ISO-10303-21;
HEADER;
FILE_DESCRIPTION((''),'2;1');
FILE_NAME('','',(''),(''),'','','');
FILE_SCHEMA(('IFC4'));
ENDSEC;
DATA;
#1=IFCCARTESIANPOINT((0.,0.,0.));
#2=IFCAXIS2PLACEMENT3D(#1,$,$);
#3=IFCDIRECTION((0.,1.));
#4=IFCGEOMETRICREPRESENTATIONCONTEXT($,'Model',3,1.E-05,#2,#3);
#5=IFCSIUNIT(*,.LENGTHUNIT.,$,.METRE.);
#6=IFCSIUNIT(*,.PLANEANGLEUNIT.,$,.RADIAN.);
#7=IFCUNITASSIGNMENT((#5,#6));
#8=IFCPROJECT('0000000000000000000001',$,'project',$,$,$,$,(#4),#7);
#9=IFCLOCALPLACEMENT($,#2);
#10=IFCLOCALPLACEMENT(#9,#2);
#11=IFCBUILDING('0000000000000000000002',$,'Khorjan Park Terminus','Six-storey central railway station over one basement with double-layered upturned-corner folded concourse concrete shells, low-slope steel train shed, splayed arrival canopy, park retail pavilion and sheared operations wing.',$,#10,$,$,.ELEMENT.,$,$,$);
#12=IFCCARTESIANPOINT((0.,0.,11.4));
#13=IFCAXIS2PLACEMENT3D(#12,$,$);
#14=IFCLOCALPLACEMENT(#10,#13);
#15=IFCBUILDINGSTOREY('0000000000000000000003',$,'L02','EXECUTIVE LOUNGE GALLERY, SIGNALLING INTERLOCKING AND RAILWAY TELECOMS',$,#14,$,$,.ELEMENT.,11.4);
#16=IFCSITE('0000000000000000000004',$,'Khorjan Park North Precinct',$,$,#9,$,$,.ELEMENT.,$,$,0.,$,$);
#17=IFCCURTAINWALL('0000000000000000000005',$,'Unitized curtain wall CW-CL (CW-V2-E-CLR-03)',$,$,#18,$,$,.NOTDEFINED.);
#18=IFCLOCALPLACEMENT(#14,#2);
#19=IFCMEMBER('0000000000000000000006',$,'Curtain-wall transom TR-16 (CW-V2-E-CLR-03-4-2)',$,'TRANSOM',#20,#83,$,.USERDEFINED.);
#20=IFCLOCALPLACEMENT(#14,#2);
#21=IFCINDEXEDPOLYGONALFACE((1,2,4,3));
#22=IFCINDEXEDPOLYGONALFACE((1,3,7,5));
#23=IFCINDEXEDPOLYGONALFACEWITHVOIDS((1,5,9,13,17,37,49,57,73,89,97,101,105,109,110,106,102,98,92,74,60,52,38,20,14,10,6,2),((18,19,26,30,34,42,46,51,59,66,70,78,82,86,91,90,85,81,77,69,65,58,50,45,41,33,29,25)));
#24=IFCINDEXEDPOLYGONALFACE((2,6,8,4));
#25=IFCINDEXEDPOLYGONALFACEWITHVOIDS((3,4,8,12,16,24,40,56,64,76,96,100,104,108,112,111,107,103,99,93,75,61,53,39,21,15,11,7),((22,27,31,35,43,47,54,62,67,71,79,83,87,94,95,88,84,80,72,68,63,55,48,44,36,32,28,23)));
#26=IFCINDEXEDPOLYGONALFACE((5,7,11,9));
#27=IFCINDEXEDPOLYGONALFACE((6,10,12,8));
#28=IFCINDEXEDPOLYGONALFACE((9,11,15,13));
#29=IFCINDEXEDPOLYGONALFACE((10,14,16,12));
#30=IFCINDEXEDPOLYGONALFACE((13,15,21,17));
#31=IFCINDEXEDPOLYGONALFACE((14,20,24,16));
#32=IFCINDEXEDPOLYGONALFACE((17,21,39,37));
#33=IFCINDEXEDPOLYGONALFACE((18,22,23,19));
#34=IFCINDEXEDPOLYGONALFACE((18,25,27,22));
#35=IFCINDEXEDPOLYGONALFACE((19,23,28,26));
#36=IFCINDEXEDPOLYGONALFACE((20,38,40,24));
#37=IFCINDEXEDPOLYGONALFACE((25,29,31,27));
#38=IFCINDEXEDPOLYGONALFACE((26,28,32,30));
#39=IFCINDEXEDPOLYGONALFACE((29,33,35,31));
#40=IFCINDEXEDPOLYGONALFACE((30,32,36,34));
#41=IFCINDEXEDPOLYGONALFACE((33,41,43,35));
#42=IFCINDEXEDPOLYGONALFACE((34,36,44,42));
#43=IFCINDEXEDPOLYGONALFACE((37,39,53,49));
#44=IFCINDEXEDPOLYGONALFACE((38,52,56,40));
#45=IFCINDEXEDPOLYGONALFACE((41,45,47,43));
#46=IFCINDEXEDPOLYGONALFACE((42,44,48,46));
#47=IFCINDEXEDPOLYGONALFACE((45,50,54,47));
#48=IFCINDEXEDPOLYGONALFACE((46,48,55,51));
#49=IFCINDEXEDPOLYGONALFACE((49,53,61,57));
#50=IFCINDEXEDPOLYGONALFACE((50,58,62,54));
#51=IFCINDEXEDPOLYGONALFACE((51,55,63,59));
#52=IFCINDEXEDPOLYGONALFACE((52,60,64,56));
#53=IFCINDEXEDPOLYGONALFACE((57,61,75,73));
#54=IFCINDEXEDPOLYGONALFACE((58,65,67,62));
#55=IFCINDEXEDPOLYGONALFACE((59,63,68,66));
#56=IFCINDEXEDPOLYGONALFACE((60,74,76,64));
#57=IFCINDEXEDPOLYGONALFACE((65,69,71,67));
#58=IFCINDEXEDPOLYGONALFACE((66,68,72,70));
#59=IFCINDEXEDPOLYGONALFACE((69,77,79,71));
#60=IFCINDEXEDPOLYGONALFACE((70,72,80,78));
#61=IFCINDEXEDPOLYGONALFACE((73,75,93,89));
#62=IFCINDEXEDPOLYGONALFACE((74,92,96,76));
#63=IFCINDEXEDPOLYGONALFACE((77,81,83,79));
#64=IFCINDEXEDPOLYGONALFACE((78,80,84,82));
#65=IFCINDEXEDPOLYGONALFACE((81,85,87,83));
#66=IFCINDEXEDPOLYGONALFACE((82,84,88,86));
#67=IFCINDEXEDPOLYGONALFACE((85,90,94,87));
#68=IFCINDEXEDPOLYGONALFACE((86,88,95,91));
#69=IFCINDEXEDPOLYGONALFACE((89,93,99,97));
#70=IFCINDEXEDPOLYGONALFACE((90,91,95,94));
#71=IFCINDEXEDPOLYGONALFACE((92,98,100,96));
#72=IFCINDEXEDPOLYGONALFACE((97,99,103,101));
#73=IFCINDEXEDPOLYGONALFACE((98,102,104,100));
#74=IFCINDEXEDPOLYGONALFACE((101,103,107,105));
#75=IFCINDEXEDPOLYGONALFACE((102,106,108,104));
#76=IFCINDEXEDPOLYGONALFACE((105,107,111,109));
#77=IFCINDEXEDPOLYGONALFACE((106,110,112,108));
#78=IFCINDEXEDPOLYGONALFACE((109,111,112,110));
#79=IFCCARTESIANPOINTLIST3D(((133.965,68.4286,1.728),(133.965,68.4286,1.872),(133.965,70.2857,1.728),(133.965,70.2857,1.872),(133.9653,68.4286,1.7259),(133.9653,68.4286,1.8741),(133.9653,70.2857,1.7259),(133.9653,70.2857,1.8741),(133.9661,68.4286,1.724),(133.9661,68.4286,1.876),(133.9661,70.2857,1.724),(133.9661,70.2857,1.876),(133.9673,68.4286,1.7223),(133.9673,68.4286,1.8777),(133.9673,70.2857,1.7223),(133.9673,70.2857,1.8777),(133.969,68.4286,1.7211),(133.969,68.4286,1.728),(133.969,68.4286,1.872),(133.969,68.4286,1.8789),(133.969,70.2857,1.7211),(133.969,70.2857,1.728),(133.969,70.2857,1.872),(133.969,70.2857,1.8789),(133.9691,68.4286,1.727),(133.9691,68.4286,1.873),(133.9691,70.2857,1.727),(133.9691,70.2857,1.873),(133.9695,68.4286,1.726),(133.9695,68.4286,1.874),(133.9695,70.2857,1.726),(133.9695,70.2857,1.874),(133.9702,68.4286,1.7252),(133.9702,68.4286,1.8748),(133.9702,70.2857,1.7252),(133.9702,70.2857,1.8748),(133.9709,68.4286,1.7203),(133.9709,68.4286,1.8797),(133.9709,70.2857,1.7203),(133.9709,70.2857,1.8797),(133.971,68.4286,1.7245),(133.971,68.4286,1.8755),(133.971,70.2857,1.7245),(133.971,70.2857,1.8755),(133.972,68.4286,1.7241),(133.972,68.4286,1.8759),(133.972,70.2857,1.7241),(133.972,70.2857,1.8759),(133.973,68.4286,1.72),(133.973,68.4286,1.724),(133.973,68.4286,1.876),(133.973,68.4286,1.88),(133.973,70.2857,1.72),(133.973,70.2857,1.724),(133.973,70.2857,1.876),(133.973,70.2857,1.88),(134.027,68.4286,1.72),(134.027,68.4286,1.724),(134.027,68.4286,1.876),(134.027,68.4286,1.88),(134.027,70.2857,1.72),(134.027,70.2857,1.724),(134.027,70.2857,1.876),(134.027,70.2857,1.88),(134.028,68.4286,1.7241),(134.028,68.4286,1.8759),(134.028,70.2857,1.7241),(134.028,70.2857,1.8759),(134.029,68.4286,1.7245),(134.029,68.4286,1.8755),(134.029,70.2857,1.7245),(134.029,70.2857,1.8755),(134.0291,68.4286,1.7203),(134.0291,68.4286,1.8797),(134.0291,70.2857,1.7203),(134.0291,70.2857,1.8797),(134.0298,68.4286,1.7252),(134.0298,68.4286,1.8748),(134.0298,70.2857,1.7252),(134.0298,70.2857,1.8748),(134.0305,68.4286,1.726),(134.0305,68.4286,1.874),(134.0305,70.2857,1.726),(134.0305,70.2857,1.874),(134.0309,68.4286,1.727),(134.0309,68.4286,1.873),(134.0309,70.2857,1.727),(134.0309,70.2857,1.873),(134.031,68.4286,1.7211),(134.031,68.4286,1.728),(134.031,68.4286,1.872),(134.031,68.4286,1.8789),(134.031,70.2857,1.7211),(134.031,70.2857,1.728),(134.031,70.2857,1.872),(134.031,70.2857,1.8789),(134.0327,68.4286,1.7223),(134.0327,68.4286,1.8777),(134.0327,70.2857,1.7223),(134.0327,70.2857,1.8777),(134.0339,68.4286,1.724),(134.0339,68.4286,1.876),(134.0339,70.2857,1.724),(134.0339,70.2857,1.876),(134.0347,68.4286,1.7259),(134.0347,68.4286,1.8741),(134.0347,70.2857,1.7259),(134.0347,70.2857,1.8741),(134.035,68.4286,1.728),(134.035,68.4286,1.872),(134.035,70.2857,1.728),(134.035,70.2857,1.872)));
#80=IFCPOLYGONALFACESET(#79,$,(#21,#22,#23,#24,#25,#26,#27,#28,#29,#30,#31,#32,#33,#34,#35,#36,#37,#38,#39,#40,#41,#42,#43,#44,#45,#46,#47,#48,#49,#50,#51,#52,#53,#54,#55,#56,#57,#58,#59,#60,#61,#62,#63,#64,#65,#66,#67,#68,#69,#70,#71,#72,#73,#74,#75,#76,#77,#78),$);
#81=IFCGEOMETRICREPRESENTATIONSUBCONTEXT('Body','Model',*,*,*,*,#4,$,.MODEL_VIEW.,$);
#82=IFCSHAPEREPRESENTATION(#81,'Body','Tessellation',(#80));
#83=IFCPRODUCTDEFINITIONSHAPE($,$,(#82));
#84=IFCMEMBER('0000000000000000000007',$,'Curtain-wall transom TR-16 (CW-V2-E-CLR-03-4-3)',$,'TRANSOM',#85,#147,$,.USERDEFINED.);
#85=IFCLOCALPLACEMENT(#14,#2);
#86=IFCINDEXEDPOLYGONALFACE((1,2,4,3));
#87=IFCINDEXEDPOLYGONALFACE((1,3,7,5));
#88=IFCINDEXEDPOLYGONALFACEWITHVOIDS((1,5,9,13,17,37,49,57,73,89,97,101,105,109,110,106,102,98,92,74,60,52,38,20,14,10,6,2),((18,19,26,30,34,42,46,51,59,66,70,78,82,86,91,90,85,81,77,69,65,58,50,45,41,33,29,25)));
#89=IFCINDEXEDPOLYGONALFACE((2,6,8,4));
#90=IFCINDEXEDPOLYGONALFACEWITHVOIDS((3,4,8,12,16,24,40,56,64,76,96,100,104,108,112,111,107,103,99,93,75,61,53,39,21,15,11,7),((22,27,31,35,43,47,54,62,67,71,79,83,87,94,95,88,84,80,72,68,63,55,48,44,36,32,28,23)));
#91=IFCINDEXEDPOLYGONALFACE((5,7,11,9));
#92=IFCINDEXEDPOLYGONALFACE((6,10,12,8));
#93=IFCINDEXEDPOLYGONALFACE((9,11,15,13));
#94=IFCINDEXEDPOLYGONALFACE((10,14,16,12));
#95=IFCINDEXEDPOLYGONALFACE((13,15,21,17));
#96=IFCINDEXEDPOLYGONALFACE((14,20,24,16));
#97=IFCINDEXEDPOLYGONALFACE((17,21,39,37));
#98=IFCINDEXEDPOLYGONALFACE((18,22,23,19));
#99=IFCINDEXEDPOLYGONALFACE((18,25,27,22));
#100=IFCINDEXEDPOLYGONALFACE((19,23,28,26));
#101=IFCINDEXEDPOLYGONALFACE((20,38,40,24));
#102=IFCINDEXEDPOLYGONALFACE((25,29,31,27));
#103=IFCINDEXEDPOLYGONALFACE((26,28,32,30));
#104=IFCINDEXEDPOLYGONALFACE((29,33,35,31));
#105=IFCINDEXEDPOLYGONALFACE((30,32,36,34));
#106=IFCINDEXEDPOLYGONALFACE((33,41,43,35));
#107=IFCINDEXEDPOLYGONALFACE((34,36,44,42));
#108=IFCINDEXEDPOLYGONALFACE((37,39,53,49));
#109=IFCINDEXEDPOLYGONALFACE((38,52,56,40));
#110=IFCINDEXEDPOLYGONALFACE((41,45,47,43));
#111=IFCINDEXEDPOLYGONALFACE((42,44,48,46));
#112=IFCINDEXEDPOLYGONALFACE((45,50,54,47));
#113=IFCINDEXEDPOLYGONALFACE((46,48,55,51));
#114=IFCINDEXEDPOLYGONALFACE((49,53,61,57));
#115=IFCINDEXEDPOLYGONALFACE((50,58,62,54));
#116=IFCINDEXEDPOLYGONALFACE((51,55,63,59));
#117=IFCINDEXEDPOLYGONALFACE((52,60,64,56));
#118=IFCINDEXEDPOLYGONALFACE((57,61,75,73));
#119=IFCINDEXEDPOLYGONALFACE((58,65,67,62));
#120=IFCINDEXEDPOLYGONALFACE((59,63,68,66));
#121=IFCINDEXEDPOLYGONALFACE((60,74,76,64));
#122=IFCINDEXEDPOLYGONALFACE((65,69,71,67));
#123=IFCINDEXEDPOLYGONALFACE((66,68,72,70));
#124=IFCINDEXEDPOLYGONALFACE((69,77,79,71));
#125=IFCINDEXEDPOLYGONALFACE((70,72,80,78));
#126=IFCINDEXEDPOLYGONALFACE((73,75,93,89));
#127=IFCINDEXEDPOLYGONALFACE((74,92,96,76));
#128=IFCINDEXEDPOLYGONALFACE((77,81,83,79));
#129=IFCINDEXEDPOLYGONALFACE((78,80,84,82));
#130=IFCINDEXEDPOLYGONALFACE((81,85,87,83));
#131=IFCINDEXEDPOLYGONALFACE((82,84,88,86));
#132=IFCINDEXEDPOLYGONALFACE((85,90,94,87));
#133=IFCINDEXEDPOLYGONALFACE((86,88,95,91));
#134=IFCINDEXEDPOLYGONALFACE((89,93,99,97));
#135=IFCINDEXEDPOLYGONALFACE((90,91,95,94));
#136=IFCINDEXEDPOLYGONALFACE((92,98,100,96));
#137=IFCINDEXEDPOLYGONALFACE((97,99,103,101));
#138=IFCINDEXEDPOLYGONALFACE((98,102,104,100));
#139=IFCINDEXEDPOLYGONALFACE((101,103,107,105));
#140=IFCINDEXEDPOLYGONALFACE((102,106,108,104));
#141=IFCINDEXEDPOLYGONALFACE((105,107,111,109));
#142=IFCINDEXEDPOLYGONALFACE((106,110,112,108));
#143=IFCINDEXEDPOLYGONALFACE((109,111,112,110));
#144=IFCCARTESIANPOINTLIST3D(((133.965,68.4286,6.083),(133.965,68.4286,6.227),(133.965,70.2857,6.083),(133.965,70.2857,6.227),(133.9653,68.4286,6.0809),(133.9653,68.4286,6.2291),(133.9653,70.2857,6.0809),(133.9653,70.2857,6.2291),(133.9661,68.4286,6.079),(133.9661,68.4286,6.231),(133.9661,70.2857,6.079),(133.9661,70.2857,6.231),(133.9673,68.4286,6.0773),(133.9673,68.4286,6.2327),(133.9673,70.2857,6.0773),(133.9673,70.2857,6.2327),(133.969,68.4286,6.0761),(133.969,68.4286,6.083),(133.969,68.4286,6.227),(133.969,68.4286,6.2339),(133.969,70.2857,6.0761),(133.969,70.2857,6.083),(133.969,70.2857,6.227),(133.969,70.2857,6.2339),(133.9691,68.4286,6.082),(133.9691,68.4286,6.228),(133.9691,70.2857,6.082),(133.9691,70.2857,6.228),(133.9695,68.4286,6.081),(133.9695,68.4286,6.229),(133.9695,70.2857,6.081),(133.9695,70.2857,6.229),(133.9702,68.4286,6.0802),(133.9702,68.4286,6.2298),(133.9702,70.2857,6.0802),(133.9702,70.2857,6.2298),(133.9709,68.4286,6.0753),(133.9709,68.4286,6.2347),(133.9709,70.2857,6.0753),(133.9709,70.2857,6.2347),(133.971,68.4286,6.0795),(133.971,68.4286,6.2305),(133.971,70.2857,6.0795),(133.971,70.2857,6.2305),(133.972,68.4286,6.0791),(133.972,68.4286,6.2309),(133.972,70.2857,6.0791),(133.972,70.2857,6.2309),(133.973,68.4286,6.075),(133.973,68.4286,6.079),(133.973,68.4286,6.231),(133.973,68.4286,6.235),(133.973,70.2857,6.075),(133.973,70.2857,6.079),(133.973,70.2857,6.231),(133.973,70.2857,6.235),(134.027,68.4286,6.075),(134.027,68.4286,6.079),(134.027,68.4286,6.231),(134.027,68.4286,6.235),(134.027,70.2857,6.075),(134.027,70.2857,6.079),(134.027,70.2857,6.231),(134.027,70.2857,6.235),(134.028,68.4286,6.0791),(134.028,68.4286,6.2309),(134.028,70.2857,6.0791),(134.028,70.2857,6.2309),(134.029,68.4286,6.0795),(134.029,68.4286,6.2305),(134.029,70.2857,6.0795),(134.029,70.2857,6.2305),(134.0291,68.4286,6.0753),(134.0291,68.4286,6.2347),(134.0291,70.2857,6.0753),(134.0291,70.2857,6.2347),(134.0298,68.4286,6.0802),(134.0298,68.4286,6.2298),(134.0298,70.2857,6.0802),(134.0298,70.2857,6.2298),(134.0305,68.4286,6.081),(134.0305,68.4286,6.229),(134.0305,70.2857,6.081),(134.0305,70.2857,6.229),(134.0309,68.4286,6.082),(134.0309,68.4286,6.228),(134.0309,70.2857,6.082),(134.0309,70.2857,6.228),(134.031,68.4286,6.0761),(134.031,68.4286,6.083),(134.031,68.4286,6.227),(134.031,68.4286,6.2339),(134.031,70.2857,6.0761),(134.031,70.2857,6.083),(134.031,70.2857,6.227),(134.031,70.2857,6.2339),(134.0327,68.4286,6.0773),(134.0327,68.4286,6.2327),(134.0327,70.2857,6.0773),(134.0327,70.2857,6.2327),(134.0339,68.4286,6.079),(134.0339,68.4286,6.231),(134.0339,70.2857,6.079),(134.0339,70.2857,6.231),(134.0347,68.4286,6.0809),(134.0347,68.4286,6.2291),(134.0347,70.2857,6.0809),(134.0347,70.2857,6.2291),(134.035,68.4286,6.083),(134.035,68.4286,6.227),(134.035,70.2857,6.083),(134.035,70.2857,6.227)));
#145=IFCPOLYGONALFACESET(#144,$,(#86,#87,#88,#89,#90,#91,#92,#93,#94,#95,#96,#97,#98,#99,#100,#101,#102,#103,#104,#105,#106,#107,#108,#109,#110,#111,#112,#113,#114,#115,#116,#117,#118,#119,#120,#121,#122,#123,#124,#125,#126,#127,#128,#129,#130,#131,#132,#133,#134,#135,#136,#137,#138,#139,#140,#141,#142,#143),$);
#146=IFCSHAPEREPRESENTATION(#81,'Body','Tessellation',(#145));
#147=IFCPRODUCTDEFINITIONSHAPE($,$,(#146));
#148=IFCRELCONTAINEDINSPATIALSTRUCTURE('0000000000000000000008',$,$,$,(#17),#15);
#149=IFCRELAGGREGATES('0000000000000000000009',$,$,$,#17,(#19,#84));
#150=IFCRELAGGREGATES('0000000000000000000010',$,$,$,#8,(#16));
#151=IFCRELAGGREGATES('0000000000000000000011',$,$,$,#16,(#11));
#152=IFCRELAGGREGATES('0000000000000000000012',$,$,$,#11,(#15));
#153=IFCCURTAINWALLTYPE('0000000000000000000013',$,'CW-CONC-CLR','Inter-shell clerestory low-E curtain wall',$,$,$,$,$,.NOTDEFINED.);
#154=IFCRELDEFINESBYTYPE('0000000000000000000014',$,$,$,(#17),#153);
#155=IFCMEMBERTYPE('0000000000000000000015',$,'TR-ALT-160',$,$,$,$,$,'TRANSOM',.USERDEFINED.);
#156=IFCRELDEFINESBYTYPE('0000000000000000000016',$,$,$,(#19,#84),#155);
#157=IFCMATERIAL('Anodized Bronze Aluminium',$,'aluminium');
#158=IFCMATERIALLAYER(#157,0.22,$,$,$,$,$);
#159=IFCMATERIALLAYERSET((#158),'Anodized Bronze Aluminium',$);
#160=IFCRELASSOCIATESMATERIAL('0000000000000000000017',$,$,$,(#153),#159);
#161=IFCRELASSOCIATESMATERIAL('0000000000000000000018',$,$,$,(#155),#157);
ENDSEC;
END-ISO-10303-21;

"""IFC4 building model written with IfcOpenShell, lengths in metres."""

from ifc_helpers import new_model, si_unit, direction, frame, origin, origin_2d, place, context, subcontext, project, spatial, hollow_rectangle, extrude, material, layer, layer_set, material_profile, profile_set, type_object, element, aggregate, save


model = new_model("IFC4")

# Units and contexts
model_context = context("Model", 3, precision=1e-05, world=origin(), true_north=direction((0.0, 1.0)))
body_context = subcontext(model_context, "Body", "Model", "MODEL_VIEW")
ifc_project = project(units=[si_unit("LENGTHUNIT", "METRE"), si_unit("PLANEANGLEUNIT", "RADIAN")], contexts=[model_context])

# Site, building, storey
site_placement = place(None, origin())
site = spatial("IfcSite", under=ifc_project, at=site_placement, Name="Khorjan Park North Precinct", CompositionType="ELEMENT", RefElevation=0.0)
building_placement = place(site_placement, origin())
building = spatial("IfcBuilding", under=site, at=building_placement, Name="Khorjan Park Terminus", Description="Six-storey central railway station over one basement with double-layered upturned-corner folded concourse concrete shells, low-slope steel train shed, splayed arrival canopy, park retail pavilion and sheared operations wing.", CompositionType="ELEMENT")
storey_placement = place(building_placement, frame((0.0, 0.0, 11.4)))
storey = spatial("IfcBuildingStorey", under=building, at=storey_placement, Name="L02", Description="EXECUTIVE LOUNGE GALLERY, SIGNALLING INTERLOCKING AND RAILWAY TELECOMS", CompositionType="ELEMENT", Elevation=11.4)

# Curtain wall, members
ifc_material_1 = material(Name="Anodized Bronze Aluminium", Category="aluminium")
ifc_layer_1 = layer(ifc_material_1, 0.22)
ifc_layer_set_1 = layer_set([ifc_layer_1], Name="Anodized Bronze Aluminium")
curtain_wall_type = type_object("IfcCurtainWallType", Name="CW-CONC-CLR", Description="Inter-shell clerestory low-E curtain wall", PredefinedType="NOTDEFINED", material=ifc_layer_set_1)
curtain_wall_placement = place(storey_placement, origin())
curtain_wall = element("IfcCurtainWall", 1, at=curtain_wall_placement, inside=storey, type_object=curtain_wall_type, Name="Unitized curtain wall CW-CL (CW-V2-E-CLR-03)", PredefinedType="NOTDEFINED")
ifc_material_profile_1 = material_profile(ifc_material_1, hollow_rectangle(XDim=0.07, YDim=0.16, WallThickness=0.004, InnerFilletRadius=0.004, OuterFilletRadius=0.008, at=origin_2d()), Name="ALT 70x160x4")
ifc_profile_set_1 = profile_set([ifc_material_profile_1], Name="Anodized Bronze Aluminium")
member_type_1 = type_object("IfcMemberType", Name="TR-ALT-160", ElementType="TRANSOM", PredefinedType="USERDEFINED", material=ifc_profile_set_1)
member_1_placement = place(storey_placement, frame((134.0, 68.4286, 1.8), z_axis=(0.0, 1.0, 0.0), x_axis=(-1.0, 0.0, 0.0)))
member_1 = element("IfcMember", 2, at=member_1_placement, type_object=member_type_1, Name="Curtain-wall transom TR-16 (CW-V2-E-CLR-03-4-2)", ObjectType="TRANSOM", PredefinedType="USERDEFINED", context=body_context, shape_type="SweptSolid", body=[
    extrude(hollow_rectangle(XDim=0.07, YDim=0.16, WallThickness=0.004, InnerFilletRadius=0.004, OuterFilletRadius=0.008, at=origin_2d()), origin(), (0.0, 0.0, 1.0), 1.8571),
])
member_2_placement = place(storey_placement, frame((134.0, 68.4286, 6.155), z_axis=(0.0, 1.0, 0.0), x_axis=(-1.0, 0.0, 0.0)))
member_2 = element("IfcMember", 3, at=member_2_placement, type_object=member_type_1, Name="Curtain-wall transom TR-16 (CW-V2-E-CLR-03-4-3)", ObjectType="TRANSOM", PredefinedType="USERDEFINED", context=body_context, shape_type="SweptSolid", body=[
    extrude(hollow_rectangle(XDim=0.07, YDim=0.16, WallThickness=0.004, InnerFilletRadius=0.004, OuterFilletRadius=0.008, at=origin_2d()), origin(), (0.0, 0.0, 1.0), 1.8571),
])

aggregate(curtain_wall, [member_1, member_2])

save(model, "model.ifc")
